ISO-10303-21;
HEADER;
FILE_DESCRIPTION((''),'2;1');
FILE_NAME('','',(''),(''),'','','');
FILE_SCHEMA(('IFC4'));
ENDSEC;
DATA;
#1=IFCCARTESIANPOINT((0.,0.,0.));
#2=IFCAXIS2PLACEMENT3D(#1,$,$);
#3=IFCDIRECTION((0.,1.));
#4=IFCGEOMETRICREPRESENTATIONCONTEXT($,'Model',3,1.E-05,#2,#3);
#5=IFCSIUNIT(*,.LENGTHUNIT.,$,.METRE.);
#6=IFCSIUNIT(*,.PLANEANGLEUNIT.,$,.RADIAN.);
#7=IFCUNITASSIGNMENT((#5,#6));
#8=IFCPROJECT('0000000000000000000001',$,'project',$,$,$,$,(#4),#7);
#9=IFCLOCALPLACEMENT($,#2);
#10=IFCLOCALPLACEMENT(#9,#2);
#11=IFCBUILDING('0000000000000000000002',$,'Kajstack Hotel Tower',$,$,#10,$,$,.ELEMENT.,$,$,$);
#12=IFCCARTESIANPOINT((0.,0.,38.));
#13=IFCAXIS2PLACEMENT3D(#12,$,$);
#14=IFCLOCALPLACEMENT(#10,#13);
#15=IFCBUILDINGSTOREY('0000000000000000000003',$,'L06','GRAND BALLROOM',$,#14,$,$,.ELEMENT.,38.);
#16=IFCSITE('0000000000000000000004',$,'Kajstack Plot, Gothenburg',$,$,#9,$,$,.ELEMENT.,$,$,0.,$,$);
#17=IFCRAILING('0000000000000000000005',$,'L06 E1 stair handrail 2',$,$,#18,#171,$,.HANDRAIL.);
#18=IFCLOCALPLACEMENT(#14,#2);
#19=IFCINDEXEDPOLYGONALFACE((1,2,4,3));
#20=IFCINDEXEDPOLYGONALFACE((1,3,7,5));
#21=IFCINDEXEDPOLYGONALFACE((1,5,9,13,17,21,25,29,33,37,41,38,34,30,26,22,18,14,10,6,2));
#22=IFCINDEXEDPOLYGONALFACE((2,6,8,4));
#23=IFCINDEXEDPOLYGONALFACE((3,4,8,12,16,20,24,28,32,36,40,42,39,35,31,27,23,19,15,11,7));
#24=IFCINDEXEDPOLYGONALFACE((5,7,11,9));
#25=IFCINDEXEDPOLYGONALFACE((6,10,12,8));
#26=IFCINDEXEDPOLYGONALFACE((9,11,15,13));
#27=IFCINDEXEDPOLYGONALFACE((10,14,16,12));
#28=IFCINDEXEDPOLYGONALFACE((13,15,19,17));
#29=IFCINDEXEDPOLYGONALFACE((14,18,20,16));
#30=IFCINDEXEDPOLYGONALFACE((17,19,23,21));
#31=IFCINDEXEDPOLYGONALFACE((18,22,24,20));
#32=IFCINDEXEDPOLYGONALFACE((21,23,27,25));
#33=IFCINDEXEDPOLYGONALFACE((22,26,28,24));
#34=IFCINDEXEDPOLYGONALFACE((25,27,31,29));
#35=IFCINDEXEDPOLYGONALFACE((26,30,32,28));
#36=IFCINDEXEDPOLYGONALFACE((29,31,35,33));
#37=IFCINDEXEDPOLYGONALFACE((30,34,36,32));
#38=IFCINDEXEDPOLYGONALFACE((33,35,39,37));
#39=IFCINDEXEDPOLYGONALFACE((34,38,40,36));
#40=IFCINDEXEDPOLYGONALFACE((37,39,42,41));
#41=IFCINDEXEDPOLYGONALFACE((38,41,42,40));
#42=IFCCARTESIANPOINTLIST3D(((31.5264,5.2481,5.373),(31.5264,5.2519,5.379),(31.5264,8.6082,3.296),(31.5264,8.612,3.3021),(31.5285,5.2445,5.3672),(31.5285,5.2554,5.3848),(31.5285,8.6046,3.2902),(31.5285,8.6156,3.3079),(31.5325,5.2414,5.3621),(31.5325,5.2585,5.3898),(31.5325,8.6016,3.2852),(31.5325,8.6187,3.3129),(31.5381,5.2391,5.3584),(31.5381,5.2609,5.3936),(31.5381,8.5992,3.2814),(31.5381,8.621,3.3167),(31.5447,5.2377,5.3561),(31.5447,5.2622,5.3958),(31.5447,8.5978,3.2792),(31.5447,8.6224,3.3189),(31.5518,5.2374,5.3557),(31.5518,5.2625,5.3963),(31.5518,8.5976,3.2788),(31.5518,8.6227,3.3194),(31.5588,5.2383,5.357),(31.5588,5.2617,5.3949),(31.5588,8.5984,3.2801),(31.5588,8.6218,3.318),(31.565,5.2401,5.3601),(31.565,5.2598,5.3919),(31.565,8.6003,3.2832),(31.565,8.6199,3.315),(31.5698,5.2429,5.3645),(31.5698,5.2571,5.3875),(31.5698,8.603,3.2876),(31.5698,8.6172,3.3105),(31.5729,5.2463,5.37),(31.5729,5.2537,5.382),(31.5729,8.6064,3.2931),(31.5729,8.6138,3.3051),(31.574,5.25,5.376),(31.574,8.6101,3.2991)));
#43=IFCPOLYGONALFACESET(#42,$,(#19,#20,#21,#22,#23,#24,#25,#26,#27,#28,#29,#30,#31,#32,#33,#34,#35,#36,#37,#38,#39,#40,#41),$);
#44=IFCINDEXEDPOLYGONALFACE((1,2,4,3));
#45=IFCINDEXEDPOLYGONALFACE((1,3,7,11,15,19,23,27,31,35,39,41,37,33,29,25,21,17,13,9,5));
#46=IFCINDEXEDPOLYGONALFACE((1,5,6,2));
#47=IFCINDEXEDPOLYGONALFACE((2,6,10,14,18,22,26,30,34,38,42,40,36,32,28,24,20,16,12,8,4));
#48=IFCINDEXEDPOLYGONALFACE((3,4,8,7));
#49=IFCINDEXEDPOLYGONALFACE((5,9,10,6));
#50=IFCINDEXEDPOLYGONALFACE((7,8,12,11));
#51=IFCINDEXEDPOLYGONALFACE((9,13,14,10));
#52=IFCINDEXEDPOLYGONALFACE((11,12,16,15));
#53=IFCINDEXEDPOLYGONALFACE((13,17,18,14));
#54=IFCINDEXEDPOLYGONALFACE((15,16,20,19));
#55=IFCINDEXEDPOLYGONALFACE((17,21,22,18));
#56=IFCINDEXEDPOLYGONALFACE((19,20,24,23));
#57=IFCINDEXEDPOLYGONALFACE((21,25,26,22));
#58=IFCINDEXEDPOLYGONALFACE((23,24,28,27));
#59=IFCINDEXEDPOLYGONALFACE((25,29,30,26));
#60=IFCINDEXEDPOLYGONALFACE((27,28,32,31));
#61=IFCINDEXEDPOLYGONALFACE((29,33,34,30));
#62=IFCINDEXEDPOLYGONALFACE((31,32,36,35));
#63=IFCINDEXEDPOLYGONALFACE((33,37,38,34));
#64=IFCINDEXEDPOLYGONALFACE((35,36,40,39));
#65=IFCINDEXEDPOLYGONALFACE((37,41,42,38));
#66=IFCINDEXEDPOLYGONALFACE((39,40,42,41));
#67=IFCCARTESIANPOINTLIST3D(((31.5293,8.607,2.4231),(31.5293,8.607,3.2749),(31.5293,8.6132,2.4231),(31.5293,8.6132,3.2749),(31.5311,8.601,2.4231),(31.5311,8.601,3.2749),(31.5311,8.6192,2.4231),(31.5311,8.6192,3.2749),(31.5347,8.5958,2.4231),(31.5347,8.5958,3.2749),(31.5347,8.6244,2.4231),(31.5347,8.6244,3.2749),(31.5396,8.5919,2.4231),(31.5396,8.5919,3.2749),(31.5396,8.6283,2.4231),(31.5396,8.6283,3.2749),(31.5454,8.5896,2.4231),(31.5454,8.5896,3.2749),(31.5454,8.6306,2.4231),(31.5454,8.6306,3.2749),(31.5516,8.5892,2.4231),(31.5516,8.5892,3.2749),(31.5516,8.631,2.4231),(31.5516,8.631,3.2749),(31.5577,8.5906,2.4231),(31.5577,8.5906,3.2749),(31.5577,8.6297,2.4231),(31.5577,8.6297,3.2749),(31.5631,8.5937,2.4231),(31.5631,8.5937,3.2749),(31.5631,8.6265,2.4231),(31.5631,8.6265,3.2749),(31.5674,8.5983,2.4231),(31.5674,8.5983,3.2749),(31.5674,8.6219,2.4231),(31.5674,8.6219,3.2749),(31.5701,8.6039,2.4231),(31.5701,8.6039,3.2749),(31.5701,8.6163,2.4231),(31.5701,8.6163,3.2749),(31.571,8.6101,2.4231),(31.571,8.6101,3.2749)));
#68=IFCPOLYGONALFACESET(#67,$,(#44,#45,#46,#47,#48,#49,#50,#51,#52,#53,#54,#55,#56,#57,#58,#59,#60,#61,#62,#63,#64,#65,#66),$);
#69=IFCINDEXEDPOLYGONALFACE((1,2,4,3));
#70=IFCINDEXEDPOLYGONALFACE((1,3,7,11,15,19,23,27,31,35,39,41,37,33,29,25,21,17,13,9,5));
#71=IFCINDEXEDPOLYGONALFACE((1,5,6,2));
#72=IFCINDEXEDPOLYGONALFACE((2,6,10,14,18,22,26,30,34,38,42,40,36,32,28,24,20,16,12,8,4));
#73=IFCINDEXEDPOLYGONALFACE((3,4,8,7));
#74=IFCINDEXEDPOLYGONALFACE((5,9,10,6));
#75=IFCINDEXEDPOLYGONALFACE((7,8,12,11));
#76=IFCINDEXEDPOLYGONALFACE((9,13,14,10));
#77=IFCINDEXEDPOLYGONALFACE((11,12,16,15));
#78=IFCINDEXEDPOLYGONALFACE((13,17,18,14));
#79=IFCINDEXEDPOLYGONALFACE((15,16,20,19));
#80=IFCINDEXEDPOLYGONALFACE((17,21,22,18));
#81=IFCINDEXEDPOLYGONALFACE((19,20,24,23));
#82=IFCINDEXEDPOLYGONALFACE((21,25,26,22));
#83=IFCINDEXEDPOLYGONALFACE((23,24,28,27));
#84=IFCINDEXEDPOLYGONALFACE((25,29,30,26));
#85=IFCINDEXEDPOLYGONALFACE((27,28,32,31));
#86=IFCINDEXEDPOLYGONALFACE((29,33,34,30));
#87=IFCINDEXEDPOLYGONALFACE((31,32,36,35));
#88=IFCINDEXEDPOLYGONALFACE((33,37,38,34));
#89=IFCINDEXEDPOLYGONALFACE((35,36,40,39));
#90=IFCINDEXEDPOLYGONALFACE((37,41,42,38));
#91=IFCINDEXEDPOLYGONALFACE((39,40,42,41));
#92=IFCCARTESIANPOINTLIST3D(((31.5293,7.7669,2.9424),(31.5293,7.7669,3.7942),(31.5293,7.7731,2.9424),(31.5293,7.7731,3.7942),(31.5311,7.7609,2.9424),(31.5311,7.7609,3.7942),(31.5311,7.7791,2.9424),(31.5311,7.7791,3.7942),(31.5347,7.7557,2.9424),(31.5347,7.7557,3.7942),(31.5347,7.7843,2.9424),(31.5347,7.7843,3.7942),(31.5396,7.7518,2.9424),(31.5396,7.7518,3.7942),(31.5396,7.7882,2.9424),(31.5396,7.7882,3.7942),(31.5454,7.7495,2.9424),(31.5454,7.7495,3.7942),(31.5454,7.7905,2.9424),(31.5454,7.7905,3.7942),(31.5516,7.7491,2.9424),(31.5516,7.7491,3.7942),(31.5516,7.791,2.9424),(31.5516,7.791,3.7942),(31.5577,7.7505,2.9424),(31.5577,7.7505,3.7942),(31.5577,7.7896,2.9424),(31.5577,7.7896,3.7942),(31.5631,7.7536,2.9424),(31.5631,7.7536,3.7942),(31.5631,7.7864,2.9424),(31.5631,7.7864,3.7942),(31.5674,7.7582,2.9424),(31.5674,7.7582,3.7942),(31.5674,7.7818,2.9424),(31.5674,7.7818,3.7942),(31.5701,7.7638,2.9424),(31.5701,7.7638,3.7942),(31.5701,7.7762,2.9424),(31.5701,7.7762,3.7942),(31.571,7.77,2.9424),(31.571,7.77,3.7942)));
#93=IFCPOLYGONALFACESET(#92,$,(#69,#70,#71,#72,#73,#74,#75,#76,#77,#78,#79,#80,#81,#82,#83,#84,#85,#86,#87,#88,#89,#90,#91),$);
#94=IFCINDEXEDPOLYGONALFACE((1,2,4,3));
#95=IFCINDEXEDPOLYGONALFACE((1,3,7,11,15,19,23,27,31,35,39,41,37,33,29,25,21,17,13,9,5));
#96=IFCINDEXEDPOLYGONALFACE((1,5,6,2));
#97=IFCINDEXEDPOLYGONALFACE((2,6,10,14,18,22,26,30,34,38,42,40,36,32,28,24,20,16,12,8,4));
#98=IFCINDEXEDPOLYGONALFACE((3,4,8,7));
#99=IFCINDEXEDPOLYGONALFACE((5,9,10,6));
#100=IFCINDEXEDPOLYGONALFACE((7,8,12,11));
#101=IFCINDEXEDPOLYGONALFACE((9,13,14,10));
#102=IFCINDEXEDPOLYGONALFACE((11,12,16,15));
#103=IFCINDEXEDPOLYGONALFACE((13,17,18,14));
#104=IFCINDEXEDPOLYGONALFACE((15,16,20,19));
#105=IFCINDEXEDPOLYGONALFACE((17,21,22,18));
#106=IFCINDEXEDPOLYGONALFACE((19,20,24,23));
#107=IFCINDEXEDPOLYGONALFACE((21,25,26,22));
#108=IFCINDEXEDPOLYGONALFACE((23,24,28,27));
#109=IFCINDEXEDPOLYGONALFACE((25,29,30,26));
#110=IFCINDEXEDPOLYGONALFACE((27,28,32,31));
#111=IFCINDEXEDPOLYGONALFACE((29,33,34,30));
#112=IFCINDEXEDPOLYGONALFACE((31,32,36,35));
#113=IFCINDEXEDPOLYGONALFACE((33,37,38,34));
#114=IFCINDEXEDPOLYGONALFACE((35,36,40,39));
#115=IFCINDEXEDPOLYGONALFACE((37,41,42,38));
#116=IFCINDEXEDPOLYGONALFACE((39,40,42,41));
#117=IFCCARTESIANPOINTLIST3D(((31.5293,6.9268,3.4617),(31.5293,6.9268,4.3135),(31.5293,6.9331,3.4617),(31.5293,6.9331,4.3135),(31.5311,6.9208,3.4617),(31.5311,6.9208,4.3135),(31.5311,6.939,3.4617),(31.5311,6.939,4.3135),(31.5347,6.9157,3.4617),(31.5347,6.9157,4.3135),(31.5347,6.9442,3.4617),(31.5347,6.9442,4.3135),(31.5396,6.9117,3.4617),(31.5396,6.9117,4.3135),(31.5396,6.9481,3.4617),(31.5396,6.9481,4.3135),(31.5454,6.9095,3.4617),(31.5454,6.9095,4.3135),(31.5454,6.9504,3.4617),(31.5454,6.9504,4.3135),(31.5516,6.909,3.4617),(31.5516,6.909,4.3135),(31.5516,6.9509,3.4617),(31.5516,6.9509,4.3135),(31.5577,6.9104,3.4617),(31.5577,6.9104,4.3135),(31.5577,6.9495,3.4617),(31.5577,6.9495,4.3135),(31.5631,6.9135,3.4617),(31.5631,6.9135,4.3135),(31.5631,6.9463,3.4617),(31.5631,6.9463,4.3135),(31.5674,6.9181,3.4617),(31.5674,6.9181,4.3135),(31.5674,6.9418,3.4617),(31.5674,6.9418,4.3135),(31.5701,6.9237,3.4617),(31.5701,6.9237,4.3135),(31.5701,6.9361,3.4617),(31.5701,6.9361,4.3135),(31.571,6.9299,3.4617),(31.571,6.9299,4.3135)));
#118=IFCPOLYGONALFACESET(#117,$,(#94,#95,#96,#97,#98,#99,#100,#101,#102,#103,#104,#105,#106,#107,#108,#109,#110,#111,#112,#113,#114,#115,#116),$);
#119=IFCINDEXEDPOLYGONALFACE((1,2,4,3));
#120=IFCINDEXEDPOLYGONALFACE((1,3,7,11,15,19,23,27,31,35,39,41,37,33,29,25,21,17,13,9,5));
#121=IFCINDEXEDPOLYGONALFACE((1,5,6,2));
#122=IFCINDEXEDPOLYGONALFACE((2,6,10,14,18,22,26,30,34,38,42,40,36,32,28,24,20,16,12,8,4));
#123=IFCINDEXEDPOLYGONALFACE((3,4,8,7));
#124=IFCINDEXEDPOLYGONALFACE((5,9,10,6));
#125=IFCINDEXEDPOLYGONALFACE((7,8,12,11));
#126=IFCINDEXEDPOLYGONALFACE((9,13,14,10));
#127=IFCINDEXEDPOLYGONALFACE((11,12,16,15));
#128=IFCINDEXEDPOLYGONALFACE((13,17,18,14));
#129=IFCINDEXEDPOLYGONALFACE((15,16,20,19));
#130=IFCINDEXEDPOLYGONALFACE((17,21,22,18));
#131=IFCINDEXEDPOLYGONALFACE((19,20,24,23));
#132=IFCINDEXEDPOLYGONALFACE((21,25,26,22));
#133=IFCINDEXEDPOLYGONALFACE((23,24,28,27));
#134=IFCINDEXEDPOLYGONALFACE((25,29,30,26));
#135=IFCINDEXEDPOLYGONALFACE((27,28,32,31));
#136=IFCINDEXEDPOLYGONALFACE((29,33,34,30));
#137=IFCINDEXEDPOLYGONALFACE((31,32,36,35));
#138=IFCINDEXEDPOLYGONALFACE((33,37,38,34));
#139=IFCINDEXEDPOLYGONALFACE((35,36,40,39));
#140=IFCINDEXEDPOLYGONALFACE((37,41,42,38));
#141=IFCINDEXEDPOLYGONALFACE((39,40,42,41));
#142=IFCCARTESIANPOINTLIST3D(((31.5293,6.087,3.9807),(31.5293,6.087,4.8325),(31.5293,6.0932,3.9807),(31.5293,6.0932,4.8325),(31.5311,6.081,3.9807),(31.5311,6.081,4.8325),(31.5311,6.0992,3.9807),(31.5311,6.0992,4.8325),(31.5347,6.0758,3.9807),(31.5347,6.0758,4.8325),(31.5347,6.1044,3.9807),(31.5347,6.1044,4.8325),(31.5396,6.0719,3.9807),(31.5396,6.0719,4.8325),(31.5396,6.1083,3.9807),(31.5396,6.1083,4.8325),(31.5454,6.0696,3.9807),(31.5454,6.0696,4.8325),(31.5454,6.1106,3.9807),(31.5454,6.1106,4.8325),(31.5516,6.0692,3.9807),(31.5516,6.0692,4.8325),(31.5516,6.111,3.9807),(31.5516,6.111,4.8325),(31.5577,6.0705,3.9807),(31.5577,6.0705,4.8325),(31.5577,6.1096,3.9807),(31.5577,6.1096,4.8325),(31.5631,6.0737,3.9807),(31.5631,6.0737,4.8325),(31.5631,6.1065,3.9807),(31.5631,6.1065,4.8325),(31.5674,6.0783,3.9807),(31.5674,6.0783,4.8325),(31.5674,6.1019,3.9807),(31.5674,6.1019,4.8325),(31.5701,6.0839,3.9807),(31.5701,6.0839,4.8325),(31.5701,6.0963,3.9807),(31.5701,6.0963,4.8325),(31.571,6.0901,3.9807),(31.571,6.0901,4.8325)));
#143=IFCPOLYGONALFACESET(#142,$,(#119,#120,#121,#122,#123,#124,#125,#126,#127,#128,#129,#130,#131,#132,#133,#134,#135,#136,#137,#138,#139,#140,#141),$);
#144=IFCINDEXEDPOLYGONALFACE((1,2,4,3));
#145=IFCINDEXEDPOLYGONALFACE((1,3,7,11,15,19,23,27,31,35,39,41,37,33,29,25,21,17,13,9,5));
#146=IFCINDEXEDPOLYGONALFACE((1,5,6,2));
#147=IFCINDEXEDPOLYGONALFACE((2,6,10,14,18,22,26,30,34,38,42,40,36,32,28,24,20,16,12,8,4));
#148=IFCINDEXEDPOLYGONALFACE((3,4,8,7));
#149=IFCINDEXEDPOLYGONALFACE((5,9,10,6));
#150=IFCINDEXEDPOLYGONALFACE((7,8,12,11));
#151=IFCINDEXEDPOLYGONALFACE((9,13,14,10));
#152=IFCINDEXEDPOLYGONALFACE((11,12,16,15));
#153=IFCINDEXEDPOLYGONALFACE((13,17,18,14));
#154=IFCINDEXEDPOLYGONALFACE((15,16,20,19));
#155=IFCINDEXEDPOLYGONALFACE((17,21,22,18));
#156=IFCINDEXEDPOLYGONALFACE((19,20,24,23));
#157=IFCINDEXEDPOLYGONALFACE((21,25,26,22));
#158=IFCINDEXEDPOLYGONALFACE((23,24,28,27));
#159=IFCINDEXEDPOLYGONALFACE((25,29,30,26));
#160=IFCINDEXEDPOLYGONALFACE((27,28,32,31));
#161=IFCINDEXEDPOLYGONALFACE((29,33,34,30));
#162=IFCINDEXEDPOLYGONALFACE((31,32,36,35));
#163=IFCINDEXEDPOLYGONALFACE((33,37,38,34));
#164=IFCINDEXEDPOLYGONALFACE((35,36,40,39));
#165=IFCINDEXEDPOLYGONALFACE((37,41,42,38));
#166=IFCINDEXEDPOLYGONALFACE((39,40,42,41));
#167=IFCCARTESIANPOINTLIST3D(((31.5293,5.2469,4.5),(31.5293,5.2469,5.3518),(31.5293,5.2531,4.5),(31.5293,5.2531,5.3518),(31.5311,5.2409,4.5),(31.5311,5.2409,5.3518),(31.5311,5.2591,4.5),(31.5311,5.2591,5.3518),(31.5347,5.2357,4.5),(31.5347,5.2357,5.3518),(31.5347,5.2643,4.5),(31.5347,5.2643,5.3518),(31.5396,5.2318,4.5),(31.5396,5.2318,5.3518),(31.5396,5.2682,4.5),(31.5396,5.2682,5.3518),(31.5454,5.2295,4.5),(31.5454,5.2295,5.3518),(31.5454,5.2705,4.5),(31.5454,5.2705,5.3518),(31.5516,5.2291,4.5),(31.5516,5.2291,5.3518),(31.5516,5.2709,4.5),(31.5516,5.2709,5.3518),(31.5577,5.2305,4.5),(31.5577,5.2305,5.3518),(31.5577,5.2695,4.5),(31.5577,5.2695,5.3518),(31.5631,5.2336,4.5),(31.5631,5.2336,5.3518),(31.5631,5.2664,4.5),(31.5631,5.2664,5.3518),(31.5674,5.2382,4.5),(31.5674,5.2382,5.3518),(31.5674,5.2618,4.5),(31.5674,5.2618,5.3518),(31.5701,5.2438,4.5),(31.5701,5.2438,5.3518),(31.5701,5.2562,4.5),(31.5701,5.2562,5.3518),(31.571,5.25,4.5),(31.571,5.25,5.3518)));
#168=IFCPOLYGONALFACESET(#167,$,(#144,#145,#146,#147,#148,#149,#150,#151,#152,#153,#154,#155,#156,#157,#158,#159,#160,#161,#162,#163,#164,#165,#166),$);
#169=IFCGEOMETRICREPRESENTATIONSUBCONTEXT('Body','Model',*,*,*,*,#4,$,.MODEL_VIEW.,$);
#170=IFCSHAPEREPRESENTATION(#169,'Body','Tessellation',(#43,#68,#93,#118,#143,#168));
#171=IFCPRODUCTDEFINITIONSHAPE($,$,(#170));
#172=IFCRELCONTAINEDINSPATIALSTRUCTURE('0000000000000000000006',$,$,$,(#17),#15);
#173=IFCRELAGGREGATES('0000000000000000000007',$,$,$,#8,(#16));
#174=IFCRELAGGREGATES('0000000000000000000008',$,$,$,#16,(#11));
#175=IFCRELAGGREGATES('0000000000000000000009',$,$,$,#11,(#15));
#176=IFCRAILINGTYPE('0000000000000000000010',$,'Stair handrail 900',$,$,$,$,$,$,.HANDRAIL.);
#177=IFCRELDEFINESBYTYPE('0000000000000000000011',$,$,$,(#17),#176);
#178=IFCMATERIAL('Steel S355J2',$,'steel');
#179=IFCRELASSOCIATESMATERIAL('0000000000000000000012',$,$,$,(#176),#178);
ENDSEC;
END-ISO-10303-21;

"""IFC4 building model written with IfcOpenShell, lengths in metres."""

from ifc_helpers import new_model, si_unit, direction, frame, origin, origin_2d, place, context, subcontext, project, spatial, circle, extrude, material, type_object, element, save


model = new_model("IFC4")

# Units and contexts
model_context = context("Model", 3, precision=1e-05, world=origin(), true_north=direction((0.0, 1.0)))
body_context = subcontext(model_context, "Body", "Model", "MODEL_VIEW")
ifc_project = project(units=[si_unit("LENGTHUNIT", "METRE"), si_unit("PLANEANGLEUNIT", "RADIAN")], contexts=[model_context])

# Site, building, storey
site_placement = place(None, origin())
site = spatial("IfcSite", under=ifc_project, at=site_placement, Name="Kajstack Plot, Gothenburg", CompositionType="ELEMENT", RefElevation=0.0)
building_placement = place(site_placement, origin())
building = spatial("IfcBuilding", under=site, at=building_placement, Name="Kajstack Hotel Tower", CompositionType="ELEMENT")
storey_placement = place(building_placement, frame((0.0, 0.0, 38.0)))
storey = spatial("IfcBuildingStorey", under=building, at=storey_placement, Name="L06", Description="GRAND BALLROOM", CompositionType="ELEMENT", Elevation=38.0)

# Railing
ifc_material_1 = material(Name="Steel S355J2", Category="steel")
railing_type_1 = type_object("IfcRailingType", Name="Stair handrail 900", PredefinedType="HANDRAIL", material=ifc_material_1)
for number, where, name in (
    (1, (31.55, 8.6101, 2.4231), "L06 E1 stair handrail 2"),
):
    element("IfcRailing", number, at=place(storey_placement, frame(where)), inside=storey, type_object=railing_type_1, Name=name, PredefinedType="HANDRAIL", context=body_context, shape_type="SweptSolid", body=[
        extrude(circle(Radius=0.0239, at=origin_2d()), frame((0.0, 0.0, 0.876), z_axis=(0.0, -0.850623, 0.525776), x_axis=(1.0, 0.0, 0.0)), (0.0, 0.0, 1.0), 3.9502),
        extrude(circle(Radius=0.021, at=origin_2d()), origin(), (0.0, 0.0, 1.0), 0.8518),
        extrude(circle(Radius=0.021, at=origin_2d()), frame((0.0, -0.8401, 0.5193)), (0.0, 0.0, 1.0), 0.8518),
        extrude(circle(Radius=0.021, at=origin_2d()), frame((0.0, -1.6802, 1.0386)), (0.0, 0.0, 1.0), 0.8518),
        extrude(circle(Radius=0.021, at=origin_2d()), frame((0.0, -2.52, 1.5576)), (0.0, 0.0, 1.0), 0.8518),
        extrude(circle(Radius=0.021, at=origin_2d()), frame((0.0, -3.3601, 2.0769)), (0.0, 0.0, 1.0), 0.8518),
    ])

save(model, "model.ifc")
